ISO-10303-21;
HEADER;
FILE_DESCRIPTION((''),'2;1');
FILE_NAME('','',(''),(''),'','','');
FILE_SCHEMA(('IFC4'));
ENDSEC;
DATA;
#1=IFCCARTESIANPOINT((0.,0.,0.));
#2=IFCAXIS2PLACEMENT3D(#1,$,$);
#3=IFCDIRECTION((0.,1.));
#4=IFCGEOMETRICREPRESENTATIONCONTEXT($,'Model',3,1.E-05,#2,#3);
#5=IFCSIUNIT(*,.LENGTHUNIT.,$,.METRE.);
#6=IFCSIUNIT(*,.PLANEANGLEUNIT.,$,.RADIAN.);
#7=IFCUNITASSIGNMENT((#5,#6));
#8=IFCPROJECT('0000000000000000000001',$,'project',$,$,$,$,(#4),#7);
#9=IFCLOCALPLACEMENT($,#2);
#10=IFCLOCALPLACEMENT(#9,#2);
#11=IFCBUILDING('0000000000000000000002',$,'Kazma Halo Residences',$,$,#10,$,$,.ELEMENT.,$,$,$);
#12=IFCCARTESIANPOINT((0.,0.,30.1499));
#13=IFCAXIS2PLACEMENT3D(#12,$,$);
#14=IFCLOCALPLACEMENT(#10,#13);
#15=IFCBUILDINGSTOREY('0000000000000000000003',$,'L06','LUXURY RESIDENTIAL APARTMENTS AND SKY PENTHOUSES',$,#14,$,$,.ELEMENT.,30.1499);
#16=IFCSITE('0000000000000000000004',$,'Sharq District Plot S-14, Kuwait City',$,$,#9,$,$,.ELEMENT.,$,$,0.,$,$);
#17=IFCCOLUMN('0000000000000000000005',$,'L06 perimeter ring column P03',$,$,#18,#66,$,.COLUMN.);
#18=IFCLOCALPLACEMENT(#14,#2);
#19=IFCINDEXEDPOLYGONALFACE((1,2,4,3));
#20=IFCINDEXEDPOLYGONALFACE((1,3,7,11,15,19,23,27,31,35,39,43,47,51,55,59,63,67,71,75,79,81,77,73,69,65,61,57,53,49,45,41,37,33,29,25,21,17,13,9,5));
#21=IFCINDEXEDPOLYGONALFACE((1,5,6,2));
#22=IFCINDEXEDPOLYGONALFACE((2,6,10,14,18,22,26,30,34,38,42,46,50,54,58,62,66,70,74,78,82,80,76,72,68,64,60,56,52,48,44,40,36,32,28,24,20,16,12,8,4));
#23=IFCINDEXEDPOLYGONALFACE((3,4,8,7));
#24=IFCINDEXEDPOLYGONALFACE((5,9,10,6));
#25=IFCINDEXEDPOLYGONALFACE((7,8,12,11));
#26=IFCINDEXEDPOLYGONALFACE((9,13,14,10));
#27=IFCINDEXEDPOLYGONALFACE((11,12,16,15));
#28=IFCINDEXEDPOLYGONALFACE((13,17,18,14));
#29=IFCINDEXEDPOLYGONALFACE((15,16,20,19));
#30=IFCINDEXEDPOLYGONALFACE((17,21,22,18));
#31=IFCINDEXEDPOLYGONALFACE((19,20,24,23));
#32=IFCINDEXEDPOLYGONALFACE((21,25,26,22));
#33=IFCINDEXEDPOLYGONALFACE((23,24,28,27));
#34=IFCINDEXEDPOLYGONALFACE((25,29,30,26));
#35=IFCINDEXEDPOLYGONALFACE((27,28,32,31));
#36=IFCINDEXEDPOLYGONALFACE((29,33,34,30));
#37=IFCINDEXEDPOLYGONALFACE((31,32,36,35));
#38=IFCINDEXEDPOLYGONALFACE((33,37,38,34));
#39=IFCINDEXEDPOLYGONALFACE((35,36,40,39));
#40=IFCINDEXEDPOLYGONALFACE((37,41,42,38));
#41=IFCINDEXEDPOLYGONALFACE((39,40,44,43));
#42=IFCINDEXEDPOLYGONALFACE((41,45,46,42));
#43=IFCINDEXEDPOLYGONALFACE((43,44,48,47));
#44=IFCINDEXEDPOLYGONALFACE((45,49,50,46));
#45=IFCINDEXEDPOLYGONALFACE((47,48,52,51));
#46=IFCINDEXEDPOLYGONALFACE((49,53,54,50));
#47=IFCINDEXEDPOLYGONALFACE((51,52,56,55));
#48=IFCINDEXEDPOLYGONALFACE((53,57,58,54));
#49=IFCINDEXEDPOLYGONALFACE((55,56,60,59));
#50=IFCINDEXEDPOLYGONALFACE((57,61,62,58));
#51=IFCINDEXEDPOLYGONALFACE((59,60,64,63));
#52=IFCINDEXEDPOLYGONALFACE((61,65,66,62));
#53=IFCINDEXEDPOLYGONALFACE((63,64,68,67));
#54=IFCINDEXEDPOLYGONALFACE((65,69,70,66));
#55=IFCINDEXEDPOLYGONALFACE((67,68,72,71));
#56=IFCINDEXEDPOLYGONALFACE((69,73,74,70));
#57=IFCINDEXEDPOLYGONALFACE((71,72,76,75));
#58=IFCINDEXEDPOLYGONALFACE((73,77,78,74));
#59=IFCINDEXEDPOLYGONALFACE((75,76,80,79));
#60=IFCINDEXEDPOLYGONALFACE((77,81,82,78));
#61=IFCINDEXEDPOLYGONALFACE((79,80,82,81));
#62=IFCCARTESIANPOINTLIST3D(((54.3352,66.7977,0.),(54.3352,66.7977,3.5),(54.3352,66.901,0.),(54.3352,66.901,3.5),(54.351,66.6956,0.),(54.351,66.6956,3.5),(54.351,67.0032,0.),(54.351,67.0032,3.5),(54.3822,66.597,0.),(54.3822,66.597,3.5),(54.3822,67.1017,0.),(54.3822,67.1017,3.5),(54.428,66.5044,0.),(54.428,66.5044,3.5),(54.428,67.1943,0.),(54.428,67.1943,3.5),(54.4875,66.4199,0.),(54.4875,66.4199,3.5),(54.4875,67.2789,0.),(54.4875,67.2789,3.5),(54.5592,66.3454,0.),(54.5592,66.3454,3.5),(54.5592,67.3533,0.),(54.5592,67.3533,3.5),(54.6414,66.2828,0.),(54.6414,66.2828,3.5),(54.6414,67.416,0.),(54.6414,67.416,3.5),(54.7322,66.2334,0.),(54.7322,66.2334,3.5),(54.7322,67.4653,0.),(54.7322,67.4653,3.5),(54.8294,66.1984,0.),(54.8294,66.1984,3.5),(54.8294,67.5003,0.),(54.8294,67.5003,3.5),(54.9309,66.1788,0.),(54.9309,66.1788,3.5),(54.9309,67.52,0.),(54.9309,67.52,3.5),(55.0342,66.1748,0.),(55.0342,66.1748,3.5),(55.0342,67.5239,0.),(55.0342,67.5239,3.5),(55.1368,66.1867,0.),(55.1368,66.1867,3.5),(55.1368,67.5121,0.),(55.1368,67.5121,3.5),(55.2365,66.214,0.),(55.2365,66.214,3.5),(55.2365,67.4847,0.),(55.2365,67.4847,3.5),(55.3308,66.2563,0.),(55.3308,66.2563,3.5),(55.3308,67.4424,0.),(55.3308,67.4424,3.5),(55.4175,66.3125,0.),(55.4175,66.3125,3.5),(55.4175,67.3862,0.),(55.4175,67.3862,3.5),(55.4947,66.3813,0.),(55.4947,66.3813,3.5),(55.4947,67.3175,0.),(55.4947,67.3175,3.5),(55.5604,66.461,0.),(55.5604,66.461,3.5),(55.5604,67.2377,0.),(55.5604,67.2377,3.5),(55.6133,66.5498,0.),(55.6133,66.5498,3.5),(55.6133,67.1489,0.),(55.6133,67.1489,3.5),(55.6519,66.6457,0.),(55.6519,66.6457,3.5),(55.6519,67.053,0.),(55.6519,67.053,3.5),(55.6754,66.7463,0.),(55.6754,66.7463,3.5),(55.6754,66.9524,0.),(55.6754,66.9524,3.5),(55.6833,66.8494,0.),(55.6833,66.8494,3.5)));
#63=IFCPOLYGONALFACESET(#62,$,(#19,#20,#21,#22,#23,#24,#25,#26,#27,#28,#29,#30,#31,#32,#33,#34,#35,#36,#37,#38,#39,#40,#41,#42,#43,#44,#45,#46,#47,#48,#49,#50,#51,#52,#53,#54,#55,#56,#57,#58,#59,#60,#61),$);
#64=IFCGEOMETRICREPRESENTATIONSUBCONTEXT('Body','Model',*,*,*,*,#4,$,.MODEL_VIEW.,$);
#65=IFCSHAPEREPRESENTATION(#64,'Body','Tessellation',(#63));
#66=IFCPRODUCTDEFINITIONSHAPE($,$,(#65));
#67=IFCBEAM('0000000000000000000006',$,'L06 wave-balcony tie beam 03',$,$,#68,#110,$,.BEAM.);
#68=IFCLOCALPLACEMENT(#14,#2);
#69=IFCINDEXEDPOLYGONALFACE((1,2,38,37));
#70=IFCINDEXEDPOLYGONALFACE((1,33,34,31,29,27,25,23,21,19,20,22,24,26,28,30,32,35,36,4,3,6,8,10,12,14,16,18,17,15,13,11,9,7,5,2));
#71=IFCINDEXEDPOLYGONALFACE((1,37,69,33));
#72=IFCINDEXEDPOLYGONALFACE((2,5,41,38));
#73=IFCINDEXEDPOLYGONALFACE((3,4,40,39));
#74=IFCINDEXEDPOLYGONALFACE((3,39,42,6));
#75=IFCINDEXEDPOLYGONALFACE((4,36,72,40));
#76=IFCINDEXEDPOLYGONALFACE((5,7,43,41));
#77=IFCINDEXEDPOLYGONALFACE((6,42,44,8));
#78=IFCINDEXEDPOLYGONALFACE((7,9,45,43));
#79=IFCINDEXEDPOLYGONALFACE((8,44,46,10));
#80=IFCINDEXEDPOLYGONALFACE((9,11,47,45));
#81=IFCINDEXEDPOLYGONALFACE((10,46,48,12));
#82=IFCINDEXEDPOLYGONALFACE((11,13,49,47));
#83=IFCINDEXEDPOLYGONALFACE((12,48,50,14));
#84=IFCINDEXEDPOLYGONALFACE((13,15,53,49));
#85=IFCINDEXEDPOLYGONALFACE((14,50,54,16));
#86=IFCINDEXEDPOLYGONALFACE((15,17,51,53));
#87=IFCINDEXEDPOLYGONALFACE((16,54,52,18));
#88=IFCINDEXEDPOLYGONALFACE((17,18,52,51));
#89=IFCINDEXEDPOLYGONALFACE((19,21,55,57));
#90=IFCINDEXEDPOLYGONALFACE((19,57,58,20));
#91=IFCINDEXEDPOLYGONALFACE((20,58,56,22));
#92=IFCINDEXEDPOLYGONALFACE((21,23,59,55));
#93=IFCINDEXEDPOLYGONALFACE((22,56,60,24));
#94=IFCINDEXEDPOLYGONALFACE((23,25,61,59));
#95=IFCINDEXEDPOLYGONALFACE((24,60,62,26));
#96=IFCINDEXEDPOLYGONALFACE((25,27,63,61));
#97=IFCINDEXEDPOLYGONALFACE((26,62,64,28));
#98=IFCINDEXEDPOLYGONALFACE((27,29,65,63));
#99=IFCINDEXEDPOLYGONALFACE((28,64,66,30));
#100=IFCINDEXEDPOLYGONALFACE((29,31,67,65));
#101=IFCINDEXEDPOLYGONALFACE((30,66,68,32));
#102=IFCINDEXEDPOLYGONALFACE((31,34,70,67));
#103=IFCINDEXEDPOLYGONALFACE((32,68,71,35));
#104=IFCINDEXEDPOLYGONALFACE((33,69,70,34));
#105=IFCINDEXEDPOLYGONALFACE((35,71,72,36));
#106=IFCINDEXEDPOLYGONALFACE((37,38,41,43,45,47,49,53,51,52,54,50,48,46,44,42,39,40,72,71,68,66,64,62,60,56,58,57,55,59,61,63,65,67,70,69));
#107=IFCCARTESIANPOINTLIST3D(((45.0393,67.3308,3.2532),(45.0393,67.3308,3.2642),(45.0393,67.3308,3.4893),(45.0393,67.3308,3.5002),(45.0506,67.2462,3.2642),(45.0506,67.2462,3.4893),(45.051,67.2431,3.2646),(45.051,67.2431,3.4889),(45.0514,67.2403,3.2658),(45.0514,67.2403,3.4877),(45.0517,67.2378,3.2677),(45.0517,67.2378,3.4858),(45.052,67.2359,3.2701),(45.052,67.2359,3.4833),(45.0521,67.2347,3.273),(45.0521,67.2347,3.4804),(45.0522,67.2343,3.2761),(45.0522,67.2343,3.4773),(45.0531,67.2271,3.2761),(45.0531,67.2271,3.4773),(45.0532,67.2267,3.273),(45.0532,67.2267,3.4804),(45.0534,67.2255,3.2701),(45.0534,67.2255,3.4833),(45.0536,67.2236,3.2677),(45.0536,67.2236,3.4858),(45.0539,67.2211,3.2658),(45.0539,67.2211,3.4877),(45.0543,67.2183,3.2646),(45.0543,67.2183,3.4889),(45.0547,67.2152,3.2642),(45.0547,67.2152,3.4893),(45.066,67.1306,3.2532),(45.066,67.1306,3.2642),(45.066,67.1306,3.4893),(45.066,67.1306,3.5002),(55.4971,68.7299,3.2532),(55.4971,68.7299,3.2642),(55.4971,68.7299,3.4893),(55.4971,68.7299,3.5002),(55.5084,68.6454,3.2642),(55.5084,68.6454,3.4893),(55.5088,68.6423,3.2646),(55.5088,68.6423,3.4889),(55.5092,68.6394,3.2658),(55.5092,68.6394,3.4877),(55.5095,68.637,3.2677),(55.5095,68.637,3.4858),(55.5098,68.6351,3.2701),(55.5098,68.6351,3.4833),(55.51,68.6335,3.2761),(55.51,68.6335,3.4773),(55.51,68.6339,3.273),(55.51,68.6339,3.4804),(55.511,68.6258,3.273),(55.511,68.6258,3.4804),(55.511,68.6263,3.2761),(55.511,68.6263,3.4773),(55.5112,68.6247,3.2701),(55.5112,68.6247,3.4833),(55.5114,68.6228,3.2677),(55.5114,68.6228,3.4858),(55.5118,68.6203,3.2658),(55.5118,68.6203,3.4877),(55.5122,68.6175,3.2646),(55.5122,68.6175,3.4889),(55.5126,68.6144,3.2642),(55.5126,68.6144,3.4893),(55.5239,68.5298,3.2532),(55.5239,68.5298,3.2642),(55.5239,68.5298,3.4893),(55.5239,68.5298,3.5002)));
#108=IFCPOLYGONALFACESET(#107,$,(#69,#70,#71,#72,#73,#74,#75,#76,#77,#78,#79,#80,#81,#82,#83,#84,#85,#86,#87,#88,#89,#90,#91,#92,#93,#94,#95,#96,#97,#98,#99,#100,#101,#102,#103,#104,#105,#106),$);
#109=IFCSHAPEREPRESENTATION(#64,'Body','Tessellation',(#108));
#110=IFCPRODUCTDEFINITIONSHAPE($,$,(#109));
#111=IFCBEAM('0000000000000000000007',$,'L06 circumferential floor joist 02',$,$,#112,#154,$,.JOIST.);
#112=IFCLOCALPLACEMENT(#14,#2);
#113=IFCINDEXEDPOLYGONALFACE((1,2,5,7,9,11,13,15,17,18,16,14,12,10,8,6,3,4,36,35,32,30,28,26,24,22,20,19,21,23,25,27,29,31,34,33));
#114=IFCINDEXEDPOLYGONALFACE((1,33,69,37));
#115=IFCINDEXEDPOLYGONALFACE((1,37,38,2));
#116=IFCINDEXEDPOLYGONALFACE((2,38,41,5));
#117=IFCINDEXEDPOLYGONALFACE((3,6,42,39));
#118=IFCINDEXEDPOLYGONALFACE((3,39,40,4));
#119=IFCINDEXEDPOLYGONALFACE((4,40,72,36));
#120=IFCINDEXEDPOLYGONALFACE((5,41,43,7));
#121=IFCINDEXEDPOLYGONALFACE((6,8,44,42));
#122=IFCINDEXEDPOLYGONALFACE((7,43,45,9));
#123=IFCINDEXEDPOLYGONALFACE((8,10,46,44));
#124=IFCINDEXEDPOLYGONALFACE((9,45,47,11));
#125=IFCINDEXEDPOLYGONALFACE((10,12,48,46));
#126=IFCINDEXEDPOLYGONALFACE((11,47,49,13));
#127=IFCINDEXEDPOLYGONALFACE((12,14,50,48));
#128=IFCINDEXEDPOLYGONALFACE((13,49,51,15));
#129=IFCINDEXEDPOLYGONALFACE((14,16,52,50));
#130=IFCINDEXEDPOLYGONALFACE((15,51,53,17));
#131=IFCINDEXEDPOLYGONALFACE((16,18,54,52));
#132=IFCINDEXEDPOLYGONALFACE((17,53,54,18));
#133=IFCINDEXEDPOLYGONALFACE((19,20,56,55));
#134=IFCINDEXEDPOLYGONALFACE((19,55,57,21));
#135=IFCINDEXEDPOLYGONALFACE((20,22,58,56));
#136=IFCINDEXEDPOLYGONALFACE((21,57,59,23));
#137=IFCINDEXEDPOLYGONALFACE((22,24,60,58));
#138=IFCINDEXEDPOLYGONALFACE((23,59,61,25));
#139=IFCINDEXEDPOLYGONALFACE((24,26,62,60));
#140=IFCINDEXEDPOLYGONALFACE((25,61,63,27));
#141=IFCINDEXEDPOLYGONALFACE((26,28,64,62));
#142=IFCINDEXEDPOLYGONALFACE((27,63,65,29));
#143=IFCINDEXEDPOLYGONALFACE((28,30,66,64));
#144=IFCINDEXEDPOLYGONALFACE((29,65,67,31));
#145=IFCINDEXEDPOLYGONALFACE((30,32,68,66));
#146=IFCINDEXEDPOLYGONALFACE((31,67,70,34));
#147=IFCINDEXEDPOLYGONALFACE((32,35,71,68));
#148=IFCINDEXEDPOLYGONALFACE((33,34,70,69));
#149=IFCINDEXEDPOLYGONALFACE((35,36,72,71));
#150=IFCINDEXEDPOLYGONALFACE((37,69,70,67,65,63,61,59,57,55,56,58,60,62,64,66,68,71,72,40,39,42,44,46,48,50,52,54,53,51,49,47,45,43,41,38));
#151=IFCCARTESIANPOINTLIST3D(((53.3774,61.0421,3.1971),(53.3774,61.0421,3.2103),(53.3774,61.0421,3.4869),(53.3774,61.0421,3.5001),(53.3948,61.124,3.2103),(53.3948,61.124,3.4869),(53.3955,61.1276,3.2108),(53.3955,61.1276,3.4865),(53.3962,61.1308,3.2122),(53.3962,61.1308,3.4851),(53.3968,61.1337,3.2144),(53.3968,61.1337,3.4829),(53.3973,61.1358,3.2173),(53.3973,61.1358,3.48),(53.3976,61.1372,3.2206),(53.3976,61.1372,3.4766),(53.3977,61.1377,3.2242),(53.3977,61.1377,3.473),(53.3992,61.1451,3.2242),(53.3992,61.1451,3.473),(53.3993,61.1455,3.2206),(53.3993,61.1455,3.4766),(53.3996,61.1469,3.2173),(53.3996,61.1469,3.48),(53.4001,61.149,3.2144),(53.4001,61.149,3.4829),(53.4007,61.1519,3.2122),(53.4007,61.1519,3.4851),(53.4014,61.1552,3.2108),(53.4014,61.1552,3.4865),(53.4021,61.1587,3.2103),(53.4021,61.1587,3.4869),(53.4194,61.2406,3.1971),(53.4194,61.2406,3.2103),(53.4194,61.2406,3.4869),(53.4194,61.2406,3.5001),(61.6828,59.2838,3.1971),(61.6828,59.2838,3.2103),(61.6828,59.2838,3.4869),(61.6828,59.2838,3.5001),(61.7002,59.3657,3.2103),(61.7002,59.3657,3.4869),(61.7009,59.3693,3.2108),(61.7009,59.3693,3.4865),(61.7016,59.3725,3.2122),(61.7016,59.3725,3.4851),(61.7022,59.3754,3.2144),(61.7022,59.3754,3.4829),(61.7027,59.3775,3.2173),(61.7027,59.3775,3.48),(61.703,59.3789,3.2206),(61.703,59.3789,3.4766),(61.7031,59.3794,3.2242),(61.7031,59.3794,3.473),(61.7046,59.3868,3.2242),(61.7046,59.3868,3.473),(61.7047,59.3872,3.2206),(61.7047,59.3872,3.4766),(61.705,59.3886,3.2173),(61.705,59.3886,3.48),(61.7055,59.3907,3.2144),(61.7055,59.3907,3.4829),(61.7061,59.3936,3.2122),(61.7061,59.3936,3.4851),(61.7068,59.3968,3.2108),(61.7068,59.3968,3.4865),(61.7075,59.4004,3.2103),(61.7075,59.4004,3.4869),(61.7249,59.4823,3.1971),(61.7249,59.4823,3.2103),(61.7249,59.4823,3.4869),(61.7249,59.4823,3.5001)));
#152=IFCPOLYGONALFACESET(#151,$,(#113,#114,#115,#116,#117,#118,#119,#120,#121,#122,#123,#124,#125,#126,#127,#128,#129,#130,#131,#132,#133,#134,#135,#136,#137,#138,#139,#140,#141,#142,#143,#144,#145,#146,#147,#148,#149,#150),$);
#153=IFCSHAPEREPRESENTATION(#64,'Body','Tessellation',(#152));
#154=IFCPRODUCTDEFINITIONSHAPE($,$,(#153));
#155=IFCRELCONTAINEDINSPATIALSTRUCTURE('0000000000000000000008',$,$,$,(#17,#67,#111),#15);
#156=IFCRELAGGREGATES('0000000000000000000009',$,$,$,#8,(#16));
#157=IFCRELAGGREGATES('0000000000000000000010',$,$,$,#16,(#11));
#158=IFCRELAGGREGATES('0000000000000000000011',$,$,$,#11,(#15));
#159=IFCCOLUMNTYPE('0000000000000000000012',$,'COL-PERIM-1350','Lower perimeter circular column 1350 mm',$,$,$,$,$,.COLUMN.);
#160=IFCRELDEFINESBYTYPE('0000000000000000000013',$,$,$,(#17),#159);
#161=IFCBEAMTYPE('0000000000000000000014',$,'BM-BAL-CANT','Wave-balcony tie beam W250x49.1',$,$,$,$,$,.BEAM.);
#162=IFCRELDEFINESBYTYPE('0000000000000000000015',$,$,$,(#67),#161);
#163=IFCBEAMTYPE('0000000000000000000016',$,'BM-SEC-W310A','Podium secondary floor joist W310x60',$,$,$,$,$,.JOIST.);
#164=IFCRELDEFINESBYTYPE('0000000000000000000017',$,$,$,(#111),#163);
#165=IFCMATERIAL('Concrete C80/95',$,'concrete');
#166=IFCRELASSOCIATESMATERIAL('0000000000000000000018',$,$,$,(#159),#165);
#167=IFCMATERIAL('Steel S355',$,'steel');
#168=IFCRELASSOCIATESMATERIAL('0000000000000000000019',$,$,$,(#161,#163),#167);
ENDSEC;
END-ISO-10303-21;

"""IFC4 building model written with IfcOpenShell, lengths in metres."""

from ifc_helpers import new_model, si_unit, direction, frame, origin, origin_2d, place, context, subcontext, project, spatial, circle, i_section, extrude, material, material_profile, profile_set, type_object, element, save


model = new_model("IFC4")

# Units and contexts
model_context = context("Model", 3, precision=1e-05, world=origin(), true_north=direction((0.0, 1.0)))
body_context = subcontext(model_context, "Body", "Model", "MODEL_VIEW")
ifc_project = project(units=[si_unit("LENGTHUNIT", "METRE"), si_unit("PLANEANGLEUNIT", "RADIAN")], contexts=[model_context])

# Site, building, storey
site_placement = place(None, origin())
site = spatial("IfcSite", under=ifc_project, at=site_placement, Name="Sharq District Plot S-14, Kuwait City", CompositionType="ELEMENT", RefElevation=0.0)
building_placement = place(site_placement, origin())
building = spatial("IfcBuilding", under=site, at=building_placement, Name="Kazma Halo Residences", CompositionType="ELEMENT")
storey_placement = place(building_placement, frame((0.0, 0.0, 30.1499)))
storey = spatial("IfcBuildingStorey", under=building, at=storey_placement, Name="L06", Description="LUXURY RESIDENTIAL APARTMENTS AND SKY PENTHOUSES", CompositionType="ELEMENT", Elevation=30.1499)

# Column
ifc_material_1 = material(Name="Concrete C80/95", Category="concrete")
ifc_material_profile_1 = material_profile(ifc_material_1, circle(Radius=0.675, at=origin_2d()), Name="CIRC1350")
ifc_profile_set_1 = profile_set([ifc_material_profile_1], Name="Concrete C80/95")
column_type = type_object("IfcColumnType", Name="COL-PERIM-1350", Description="Lower perimeter circular column 1350 mm", PredefinedType="COLUMN", material=ifc_profile_set_1)
column_placement = place(storey_placement, frame((55.0083, 66.8494, 0.0), z_axis=(0.0, 0.0, 1.0), x_axis=(1.0, 0.0, 0.0)))
element("IfcColumn", 1, at=column_placement, inside=storey, type_object=column_type, Name="L06 perimeter ring column P03", PredefinedType="COLUMN", context=body_context, shape_type="SweptSolid", body=[
    extrude(circle(Radius=0.675, at=origin_2d()), origin(), (0.0, 0.0, 1.0), 3.5),
])

# Beams
ifc_material_2 = material(Name="Steel S355", Category="steel")
ifc_material_profile_2 = material_profile(ifc_material_2, i_section(OverallWidth=0.2019, OverallDepth=0.2471, WebThickness=0.0073, FlangeThickness=0.011, FilletRadius=0.012, at=origin_2d()), Name="W250x49.1")
ifc_profile_set_2 = profile_set([ifc_material_profile_2], Name="Steel S355")
beam_type_1 = type_object("IfcBeamType", Name="BM-BAL-CANT", Description="Wave-balcony tie beam W250x49.1", PredefinedType="BEAM", material=ifc_profile_set_2)
beam_1_placement = place(storey_placement, frame((55.5105, 68.6299, 3.3767), z_axis=(-0.991168, -0.132611, 0.0), x_axis=(0.132611, -0.991168, 0.0)))
element("IfcBeam", 2, at=beam_1_placement, inside=storey, type_object=beam_type_1, Name="L06 wave-balcony tie beam 03", PredefinedType="BEAM", context=body_context, shape_type="SweptSolid", body=[
    extrude(i_section(OverallWidth=0.2019, OverallDepth=0.2471, WebThickness=0.0073, FlangeThickness=0.011, FilletRadius=0.012, at=origin_2d()), origin(), (0.0, 0.0, 1.0), 10.551),
])
ifc_material_profile_3 = material_profile(ifc_material_2, i_section(OverallWidth=0.2029, OverallDepth=0.303, WebThickness=0.0076, FlangeThickness=0.0132, FilletRadius=0.0139, at=origin_2d()), Name="W310x60")
ifc_profile_set_3 = profile_set([ifc_material_profile_3], Name="Steel S355")
beam_type_2 = type_object("IfcBeamType", Name="BM-SEC-W310A", Description="Podium secondary floor joist W310x60", PredefinedType="JOIST", material=ifc_profile_set_3)
beam_2_placement = place(storey_placement, frame((61.7039, 59.3831, 3.3486), z_axis=(-0.978317, 0.207115, 0.0), x_axis=(-0.207115, -0.978317, 0.0)))
element("IfcBeam", 3, at=beam_2_placement, inside=storey, type_object=beam_type_2, Name="L06 circumferential floor joist 02", PredefinedType="JOIST", context=body_context, shape_type="SweptSolid", body=[
    extrude(i_section(OverallWidth=0.2029, OverallDepth=0.303, WebThickness=0.0076, FlangeThickness=0.0132, FilletRadius=0.0139, at=origin_2d()), origin(), (0.0, 0.0, 1.0), 8.4895),
])

save(model, "model.ifc")
